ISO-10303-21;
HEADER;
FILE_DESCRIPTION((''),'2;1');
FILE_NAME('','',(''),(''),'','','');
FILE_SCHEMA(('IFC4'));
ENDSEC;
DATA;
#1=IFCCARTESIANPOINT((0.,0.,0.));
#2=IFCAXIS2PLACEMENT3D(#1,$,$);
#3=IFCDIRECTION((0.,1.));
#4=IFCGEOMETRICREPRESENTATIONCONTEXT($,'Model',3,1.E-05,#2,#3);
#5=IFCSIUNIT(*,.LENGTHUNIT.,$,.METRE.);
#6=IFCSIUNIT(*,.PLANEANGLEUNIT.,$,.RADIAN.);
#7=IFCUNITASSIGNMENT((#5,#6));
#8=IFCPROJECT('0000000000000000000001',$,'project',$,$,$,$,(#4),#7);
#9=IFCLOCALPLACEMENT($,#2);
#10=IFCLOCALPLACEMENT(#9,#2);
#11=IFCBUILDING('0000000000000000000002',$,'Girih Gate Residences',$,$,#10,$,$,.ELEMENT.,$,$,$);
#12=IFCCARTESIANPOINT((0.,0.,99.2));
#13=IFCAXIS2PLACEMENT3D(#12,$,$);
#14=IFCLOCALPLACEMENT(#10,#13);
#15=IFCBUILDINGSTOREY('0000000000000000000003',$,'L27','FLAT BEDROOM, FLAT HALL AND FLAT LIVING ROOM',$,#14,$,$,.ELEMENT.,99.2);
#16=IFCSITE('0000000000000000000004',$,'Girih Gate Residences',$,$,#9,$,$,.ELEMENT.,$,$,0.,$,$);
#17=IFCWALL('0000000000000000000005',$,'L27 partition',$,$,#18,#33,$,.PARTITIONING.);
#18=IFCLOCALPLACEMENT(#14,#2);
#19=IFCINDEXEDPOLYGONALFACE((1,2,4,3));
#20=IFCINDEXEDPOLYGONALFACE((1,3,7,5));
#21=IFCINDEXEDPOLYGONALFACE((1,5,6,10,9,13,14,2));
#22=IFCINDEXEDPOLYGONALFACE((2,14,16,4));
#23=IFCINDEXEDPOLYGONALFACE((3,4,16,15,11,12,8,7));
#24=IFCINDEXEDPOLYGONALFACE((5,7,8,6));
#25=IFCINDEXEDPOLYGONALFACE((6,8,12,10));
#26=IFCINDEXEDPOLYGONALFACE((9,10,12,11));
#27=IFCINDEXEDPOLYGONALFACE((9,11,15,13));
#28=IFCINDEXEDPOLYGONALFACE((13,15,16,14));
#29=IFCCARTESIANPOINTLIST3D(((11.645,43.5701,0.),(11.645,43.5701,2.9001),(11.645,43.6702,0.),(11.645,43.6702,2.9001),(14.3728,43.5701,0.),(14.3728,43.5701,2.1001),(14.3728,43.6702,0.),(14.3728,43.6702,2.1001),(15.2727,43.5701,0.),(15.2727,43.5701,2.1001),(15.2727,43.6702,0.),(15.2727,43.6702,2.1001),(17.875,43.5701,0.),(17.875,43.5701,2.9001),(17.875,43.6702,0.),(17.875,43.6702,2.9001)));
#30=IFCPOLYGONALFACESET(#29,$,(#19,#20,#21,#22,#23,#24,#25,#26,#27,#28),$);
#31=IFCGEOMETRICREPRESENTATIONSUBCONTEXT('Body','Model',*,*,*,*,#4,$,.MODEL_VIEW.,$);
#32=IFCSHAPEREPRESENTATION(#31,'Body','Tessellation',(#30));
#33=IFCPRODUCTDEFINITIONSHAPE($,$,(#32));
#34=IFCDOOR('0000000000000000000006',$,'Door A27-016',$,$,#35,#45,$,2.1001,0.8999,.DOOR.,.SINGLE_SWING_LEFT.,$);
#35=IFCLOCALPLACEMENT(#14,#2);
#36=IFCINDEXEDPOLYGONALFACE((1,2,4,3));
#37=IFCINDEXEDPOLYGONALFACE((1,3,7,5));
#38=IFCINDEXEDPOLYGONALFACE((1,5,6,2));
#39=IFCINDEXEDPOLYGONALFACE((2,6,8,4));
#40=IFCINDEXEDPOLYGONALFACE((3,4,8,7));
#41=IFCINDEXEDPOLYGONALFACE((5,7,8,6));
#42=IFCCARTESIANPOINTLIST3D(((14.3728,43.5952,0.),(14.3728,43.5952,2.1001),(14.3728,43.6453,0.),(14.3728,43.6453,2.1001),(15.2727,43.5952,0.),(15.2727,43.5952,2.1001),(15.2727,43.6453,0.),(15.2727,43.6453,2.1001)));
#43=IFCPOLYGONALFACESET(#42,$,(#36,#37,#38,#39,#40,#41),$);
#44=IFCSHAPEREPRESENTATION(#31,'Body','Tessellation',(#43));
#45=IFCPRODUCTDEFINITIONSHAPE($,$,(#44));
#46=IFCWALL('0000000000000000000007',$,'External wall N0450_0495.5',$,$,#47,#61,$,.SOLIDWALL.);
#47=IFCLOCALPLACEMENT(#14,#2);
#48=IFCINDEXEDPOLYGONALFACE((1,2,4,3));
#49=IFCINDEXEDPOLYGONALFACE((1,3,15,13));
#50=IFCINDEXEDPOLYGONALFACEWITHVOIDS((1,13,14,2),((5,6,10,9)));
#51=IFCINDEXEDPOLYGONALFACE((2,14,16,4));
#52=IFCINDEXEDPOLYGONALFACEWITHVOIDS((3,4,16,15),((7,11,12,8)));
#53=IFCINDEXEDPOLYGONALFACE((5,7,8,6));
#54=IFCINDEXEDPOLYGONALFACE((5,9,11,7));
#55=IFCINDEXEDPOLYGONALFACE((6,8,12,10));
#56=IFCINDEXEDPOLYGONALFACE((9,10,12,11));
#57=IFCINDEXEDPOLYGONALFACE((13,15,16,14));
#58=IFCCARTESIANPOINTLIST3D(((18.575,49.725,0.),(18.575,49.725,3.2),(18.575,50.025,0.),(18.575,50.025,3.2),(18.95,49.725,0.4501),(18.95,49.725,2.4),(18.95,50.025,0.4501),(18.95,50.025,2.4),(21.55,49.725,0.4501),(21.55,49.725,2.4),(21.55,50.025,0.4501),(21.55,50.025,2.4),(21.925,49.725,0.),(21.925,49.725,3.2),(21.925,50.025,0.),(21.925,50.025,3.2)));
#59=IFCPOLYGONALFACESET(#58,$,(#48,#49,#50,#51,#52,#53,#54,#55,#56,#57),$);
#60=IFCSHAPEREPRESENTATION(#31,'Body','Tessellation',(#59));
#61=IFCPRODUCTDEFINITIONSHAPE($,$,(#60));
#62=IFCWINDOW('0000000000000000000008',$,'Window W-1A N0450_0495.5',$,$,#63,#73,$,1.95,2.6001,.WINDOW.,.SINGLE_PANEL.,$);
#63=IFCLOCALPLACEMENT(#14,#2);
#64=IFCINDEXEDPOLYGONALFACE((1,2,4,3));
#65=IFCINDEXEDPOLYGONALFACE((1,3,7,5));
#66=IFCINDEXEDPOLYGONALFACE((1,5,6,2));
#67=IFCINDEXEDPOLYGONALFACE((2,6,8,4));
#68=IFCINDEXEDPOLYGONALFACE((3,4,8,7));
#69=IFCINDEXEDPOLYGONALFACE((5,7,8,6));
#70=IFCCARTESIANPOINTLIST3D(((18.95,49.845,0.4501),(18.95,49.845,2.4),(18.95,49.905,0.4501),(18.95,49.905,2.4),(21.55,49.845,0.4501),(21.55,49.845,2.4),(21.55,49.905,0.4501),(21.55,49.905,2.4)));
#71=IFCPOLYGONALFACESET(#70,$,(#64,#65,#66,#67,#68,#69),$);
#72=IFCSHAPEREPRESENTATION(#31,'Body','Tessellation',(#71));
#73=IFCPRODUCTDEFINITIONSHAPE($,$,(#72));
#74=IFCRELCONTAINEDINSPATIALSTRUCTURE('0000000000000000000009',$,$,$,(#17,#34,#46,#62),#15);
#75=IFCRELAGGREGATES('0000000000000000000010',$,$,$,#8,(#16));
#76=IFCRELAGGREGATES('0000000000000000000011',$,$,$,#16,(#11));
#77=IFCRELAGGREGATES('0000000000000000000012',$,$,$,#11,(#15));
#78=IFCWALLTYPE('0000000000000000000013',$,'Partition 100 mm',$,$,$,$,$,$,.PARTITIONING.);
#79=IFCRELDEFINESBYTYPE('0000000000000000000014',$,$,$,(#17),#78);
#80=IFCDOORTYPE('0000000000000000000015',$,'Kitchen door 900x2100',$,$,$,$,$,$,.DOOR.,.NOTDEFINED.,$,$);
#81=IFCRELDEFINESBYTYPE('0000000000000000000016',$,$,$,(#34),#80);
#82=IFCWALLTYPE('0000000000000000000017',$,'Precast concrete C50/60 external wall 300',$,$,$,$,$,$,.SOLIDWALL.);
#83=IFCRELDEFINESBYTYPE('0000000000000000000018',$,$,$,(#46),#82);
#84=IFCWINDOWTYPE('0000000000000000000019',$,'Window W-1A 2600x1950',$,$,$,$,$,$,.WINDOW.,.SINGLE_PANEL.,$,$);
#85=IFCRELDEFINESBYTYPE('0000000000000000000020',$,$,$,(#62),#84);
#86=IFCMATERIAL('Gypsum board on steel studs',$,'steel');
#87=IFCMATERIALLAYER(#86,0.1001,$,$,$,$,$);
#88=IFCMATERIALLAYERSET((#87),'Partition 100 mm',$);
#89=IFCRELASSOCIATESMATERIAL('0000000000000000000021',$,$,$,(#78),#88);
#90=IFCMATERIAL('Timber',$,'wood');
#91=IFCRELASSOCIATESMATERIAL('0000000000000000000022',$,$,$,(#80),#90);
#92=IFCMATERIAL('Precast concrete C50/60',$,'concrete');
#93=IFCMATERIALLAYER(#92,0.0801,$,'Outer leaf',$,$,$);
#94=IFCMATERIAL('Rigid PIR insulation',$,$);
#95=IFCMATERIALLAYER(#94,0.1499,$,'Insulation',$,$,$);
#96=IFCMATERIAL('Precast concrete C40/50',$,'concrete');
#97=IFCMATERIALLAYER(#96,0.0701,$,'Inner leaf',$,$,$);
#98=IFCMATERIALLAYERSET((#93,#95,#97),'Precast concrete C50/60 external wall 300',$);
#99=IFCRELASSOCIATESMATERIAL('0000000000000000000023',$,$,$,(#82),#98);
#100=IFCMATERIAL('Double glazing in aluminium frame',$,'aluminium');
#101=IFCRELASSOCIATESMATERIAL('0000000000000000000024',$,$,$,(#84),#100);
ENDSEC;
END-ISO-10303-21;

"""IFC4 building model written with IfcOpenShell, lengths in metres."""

from ifc_helpers import new_model, si_unit, direction, frame, frame_2d, origin, place, context, subcontext, project, spatial, rectangle, extrude, material, layer, layer_set, type_object, element, fill, save


model = new_model("IFC4")

# Units and contexts
model_context = context("Model", 3, precision=1e-05, world=origin(), true_north=direction((0.0, 1.0)))
body_context = subcontext(model_context, "Body", "Model", "MODEL_VIEW")
ifc_project = project(units=[si_unit("LENGTHUNIT", "METRE"), si_unit("PLANEANGLEUNIT", "RADIAN")], contexts=[model_context])

# Site, building, storey
site_placement = place(None, origin())
site = spatial("IfcSite", under=ifc_project, at=site_placement, Name="Girih Gate Residences", CompositionType="ELEMENT", RefElevation=0.0)
building_placement = place(site_placement, origin())
building = spatial("IfcBuilding", under=site, at=building_placement, Name="Girih Gate Residences", CompositionType="ELEMENT")
storey_placement = place(building_placement, frame((0.0, 0.0, 99.2)))
storey = spatial("IfcBuildingStorey", under=building, at=storey_placement, Name="L27", Description="FLAT BEDROOM, FLAT HALL AND FLAT LIVING ROOM", CompositionType="ELEMENT", Elevation=99.2)

# Shared definitions
ifc_material_1 = material(Name="Gypsum board on steel studs", Category="steel")

# Wall, opening, door
ifc_layer_1 = layer(ifc_material_1, 0.1001)
ifc_layer_set_1 = layer_set([ifc_layer_1], Name="Partition 100 mm")
wall_type_1 = type_object("IfcWallType", Name="Partition 100 mm", PredefinedType="PARTITIONING", material=ifc_layer_set_1)
wall_1_placement = place(storey_placement, frame((17.875, 43.6201, 0.0), z_axis=(0.0, 0.0, 1.0), x_axis=(-1.0, 0.0, 0.0)))
wall_1 = element("IfcWall", 1, at=wall_1_placement, inside=storey, type_object=wall_type_1, Name="L27 partition", PredefinedType="PARTITIONING", context=body_context, shape_type="SweptSolid", body=[
    extrude(rectangle(XDim=6.23, YDim=0.1001, at=frame_2d((3.115, 0.0))), origin(), (0.0, 0.0, 1.0), 2.9001),
])
opening_1_placement = place(wall_1_placement, frame((2.6023, 0.0, 0.0)))
opening_1 = element("IfcOpeningElement", 2, at=opening_1_placement, cuts=wall_1, PredefinedType="OPENING", context=body_context, shape_type="SweptSolid", body=[
    extrude(rectangle(XDim=0.8999, YDim=2.1001, at=frame_2d((0.45, 1.05))), frame((0.0, 0.0601, 0.0), z_axis=(0.0, -1.0, 0.0), x_axis=(1.0, 0.0, 0.0)), (0.0, 0.0, 1.0), 0.1201),
])
ifc_material_2 = material(Name="Timber", Category="wood")
door_type_1 = type_object("IfcDoorType", Name="Kitchen door 900x2100", OperationType="NOTDEFINED", PredefinedType="DOOR", material=ifc_material_2)
door_1_placement = place(opening_1_placement, origin())
door_1 = element("IfcDoor", 3, at=door_1_placement, inside=storey, type_object=door_type_1, Name="Door A27-016", OperationType="SINGLE_SWING_LEFT", OverallHeight=2.1001, OverallWidth=0.8999, PredefinedType="DOOR", context=body_context, shape_type="SweptSolid", body=[
    extrude(rectangle(XDim=0.8999, YDim=2.1001, at=frame_2d((0.45, 1.05))), frame((0.0, 0.0249, 0.0), z_axis=(0.0, -1.0, 0.0), x_axis=(1.0, 0.0, 0.0)), (0.0, 0.0, 1.0), 0.05),
])
fill(opening_1, door_1)

# Wall, opening, window
ifc_material_3 = material(Name="Precast concrete C50/60", Category="concrete")
ifc_layer_2 = layer(ifc_material_3, 0.0801, Name="Outer leaf")
ifc_material_4 = material(Name="Rigid PIR insulation")
ifc_layer_3 = layer(ifc_material_4, 0.1499, Name="Insulation")
ifc_material_5 = material(Name="Precast concrete C40/50", Category="concrete")
ifc_layer_4 = layer(ifc_material_5, 0.0701, Name="Inner leaf")
ifc_layer_set_2 = layer_set([ifc_layer_2, ifc_layer_3, ifc_layer_4], Name="Precast concrete C50/60 external wall 300")
wall_type_2 = type_object("IfcWallType", Name="Precast concrete C50/60 external wall 300", PredefinedType="SOLIDWALL", material=ifc_layer_set_2)
wall_2_placement = place(storey_placement, frame((18.575, 49.875, 0.0), z_axis=(0.0, 0.0, 1.0), x_axis=(1.0, 0.0, 0.0)))
wall_2 = element("IfcWall", 4, at=wall_2_placement, inside=storey, type_object=wall_type_2, Name="External wall N0450_0495.5", PredefinedType="SOLIDWALL", context=body_context, shape_type="SweptSolid", body=[
    extrude(rectangle(XDim=3.3501, YDim=0.3, at=frame_2d((1.675, 0.0))), origin(), (0.0, 0.0, 1.0), 3.2),
])
opening_2_placement = place(wall_2_placement, frame((0.375, 0.0, 0.45)))
opening_2 = element("IfcOpeningElement", 5, at=opening_2_placement, cuts=wall_2, PredefinedType="OPENING", context=body_context, shape_type="SweptSolid", body=[
    extrude(rectangle(XDim=2.6001, YDim=1.95, at=frame_2d((1.3, 0.9751))), frame((0.0, 0.1599, 0.0), z_axis=(0.0, -1.0, 0.0), x_axis=(1.0, 0.0, 0.0)), (0.0, 0.0, 1.0), 0.3201),
])
ifc_material_6 = material(Name="Double glazing in aluminium frame", Category="aluminium")
window_type = type_object("IfcWindowType", Name="Window W-1A 2600x1950", PartitioningType="SINGLE_PANEL", PredefinedType="WINDOW", material=ifc_material_6)
window_placement = place(opening_2_placement, origin())
window = element("IfcWindow", 6, at=window_placement, inside=storey, type_object=window_type, Name="Window W-1A N0450_0495.5", OverallHeight=1.95, OverallWidth=2.6001, PartitioningType="SINGLE_PANEL", PredefinedType="WINDOW", context=body_context, shape_type="SweptSolid", body=[
    extrude(rectangle(XDim=2.6001, YDim=1.95, at=frame_2d((1.3, 0.9751))), frame((0.0, 0.03, 0.0), z_axis=(0.0, -1.0, 0.0), x_axis=(1.0, 0.0, 0.0)), (0.0, 0.0, 1.0), 0.0601),
])
fill(opening_2, window)

save(model, "model.ifc")
